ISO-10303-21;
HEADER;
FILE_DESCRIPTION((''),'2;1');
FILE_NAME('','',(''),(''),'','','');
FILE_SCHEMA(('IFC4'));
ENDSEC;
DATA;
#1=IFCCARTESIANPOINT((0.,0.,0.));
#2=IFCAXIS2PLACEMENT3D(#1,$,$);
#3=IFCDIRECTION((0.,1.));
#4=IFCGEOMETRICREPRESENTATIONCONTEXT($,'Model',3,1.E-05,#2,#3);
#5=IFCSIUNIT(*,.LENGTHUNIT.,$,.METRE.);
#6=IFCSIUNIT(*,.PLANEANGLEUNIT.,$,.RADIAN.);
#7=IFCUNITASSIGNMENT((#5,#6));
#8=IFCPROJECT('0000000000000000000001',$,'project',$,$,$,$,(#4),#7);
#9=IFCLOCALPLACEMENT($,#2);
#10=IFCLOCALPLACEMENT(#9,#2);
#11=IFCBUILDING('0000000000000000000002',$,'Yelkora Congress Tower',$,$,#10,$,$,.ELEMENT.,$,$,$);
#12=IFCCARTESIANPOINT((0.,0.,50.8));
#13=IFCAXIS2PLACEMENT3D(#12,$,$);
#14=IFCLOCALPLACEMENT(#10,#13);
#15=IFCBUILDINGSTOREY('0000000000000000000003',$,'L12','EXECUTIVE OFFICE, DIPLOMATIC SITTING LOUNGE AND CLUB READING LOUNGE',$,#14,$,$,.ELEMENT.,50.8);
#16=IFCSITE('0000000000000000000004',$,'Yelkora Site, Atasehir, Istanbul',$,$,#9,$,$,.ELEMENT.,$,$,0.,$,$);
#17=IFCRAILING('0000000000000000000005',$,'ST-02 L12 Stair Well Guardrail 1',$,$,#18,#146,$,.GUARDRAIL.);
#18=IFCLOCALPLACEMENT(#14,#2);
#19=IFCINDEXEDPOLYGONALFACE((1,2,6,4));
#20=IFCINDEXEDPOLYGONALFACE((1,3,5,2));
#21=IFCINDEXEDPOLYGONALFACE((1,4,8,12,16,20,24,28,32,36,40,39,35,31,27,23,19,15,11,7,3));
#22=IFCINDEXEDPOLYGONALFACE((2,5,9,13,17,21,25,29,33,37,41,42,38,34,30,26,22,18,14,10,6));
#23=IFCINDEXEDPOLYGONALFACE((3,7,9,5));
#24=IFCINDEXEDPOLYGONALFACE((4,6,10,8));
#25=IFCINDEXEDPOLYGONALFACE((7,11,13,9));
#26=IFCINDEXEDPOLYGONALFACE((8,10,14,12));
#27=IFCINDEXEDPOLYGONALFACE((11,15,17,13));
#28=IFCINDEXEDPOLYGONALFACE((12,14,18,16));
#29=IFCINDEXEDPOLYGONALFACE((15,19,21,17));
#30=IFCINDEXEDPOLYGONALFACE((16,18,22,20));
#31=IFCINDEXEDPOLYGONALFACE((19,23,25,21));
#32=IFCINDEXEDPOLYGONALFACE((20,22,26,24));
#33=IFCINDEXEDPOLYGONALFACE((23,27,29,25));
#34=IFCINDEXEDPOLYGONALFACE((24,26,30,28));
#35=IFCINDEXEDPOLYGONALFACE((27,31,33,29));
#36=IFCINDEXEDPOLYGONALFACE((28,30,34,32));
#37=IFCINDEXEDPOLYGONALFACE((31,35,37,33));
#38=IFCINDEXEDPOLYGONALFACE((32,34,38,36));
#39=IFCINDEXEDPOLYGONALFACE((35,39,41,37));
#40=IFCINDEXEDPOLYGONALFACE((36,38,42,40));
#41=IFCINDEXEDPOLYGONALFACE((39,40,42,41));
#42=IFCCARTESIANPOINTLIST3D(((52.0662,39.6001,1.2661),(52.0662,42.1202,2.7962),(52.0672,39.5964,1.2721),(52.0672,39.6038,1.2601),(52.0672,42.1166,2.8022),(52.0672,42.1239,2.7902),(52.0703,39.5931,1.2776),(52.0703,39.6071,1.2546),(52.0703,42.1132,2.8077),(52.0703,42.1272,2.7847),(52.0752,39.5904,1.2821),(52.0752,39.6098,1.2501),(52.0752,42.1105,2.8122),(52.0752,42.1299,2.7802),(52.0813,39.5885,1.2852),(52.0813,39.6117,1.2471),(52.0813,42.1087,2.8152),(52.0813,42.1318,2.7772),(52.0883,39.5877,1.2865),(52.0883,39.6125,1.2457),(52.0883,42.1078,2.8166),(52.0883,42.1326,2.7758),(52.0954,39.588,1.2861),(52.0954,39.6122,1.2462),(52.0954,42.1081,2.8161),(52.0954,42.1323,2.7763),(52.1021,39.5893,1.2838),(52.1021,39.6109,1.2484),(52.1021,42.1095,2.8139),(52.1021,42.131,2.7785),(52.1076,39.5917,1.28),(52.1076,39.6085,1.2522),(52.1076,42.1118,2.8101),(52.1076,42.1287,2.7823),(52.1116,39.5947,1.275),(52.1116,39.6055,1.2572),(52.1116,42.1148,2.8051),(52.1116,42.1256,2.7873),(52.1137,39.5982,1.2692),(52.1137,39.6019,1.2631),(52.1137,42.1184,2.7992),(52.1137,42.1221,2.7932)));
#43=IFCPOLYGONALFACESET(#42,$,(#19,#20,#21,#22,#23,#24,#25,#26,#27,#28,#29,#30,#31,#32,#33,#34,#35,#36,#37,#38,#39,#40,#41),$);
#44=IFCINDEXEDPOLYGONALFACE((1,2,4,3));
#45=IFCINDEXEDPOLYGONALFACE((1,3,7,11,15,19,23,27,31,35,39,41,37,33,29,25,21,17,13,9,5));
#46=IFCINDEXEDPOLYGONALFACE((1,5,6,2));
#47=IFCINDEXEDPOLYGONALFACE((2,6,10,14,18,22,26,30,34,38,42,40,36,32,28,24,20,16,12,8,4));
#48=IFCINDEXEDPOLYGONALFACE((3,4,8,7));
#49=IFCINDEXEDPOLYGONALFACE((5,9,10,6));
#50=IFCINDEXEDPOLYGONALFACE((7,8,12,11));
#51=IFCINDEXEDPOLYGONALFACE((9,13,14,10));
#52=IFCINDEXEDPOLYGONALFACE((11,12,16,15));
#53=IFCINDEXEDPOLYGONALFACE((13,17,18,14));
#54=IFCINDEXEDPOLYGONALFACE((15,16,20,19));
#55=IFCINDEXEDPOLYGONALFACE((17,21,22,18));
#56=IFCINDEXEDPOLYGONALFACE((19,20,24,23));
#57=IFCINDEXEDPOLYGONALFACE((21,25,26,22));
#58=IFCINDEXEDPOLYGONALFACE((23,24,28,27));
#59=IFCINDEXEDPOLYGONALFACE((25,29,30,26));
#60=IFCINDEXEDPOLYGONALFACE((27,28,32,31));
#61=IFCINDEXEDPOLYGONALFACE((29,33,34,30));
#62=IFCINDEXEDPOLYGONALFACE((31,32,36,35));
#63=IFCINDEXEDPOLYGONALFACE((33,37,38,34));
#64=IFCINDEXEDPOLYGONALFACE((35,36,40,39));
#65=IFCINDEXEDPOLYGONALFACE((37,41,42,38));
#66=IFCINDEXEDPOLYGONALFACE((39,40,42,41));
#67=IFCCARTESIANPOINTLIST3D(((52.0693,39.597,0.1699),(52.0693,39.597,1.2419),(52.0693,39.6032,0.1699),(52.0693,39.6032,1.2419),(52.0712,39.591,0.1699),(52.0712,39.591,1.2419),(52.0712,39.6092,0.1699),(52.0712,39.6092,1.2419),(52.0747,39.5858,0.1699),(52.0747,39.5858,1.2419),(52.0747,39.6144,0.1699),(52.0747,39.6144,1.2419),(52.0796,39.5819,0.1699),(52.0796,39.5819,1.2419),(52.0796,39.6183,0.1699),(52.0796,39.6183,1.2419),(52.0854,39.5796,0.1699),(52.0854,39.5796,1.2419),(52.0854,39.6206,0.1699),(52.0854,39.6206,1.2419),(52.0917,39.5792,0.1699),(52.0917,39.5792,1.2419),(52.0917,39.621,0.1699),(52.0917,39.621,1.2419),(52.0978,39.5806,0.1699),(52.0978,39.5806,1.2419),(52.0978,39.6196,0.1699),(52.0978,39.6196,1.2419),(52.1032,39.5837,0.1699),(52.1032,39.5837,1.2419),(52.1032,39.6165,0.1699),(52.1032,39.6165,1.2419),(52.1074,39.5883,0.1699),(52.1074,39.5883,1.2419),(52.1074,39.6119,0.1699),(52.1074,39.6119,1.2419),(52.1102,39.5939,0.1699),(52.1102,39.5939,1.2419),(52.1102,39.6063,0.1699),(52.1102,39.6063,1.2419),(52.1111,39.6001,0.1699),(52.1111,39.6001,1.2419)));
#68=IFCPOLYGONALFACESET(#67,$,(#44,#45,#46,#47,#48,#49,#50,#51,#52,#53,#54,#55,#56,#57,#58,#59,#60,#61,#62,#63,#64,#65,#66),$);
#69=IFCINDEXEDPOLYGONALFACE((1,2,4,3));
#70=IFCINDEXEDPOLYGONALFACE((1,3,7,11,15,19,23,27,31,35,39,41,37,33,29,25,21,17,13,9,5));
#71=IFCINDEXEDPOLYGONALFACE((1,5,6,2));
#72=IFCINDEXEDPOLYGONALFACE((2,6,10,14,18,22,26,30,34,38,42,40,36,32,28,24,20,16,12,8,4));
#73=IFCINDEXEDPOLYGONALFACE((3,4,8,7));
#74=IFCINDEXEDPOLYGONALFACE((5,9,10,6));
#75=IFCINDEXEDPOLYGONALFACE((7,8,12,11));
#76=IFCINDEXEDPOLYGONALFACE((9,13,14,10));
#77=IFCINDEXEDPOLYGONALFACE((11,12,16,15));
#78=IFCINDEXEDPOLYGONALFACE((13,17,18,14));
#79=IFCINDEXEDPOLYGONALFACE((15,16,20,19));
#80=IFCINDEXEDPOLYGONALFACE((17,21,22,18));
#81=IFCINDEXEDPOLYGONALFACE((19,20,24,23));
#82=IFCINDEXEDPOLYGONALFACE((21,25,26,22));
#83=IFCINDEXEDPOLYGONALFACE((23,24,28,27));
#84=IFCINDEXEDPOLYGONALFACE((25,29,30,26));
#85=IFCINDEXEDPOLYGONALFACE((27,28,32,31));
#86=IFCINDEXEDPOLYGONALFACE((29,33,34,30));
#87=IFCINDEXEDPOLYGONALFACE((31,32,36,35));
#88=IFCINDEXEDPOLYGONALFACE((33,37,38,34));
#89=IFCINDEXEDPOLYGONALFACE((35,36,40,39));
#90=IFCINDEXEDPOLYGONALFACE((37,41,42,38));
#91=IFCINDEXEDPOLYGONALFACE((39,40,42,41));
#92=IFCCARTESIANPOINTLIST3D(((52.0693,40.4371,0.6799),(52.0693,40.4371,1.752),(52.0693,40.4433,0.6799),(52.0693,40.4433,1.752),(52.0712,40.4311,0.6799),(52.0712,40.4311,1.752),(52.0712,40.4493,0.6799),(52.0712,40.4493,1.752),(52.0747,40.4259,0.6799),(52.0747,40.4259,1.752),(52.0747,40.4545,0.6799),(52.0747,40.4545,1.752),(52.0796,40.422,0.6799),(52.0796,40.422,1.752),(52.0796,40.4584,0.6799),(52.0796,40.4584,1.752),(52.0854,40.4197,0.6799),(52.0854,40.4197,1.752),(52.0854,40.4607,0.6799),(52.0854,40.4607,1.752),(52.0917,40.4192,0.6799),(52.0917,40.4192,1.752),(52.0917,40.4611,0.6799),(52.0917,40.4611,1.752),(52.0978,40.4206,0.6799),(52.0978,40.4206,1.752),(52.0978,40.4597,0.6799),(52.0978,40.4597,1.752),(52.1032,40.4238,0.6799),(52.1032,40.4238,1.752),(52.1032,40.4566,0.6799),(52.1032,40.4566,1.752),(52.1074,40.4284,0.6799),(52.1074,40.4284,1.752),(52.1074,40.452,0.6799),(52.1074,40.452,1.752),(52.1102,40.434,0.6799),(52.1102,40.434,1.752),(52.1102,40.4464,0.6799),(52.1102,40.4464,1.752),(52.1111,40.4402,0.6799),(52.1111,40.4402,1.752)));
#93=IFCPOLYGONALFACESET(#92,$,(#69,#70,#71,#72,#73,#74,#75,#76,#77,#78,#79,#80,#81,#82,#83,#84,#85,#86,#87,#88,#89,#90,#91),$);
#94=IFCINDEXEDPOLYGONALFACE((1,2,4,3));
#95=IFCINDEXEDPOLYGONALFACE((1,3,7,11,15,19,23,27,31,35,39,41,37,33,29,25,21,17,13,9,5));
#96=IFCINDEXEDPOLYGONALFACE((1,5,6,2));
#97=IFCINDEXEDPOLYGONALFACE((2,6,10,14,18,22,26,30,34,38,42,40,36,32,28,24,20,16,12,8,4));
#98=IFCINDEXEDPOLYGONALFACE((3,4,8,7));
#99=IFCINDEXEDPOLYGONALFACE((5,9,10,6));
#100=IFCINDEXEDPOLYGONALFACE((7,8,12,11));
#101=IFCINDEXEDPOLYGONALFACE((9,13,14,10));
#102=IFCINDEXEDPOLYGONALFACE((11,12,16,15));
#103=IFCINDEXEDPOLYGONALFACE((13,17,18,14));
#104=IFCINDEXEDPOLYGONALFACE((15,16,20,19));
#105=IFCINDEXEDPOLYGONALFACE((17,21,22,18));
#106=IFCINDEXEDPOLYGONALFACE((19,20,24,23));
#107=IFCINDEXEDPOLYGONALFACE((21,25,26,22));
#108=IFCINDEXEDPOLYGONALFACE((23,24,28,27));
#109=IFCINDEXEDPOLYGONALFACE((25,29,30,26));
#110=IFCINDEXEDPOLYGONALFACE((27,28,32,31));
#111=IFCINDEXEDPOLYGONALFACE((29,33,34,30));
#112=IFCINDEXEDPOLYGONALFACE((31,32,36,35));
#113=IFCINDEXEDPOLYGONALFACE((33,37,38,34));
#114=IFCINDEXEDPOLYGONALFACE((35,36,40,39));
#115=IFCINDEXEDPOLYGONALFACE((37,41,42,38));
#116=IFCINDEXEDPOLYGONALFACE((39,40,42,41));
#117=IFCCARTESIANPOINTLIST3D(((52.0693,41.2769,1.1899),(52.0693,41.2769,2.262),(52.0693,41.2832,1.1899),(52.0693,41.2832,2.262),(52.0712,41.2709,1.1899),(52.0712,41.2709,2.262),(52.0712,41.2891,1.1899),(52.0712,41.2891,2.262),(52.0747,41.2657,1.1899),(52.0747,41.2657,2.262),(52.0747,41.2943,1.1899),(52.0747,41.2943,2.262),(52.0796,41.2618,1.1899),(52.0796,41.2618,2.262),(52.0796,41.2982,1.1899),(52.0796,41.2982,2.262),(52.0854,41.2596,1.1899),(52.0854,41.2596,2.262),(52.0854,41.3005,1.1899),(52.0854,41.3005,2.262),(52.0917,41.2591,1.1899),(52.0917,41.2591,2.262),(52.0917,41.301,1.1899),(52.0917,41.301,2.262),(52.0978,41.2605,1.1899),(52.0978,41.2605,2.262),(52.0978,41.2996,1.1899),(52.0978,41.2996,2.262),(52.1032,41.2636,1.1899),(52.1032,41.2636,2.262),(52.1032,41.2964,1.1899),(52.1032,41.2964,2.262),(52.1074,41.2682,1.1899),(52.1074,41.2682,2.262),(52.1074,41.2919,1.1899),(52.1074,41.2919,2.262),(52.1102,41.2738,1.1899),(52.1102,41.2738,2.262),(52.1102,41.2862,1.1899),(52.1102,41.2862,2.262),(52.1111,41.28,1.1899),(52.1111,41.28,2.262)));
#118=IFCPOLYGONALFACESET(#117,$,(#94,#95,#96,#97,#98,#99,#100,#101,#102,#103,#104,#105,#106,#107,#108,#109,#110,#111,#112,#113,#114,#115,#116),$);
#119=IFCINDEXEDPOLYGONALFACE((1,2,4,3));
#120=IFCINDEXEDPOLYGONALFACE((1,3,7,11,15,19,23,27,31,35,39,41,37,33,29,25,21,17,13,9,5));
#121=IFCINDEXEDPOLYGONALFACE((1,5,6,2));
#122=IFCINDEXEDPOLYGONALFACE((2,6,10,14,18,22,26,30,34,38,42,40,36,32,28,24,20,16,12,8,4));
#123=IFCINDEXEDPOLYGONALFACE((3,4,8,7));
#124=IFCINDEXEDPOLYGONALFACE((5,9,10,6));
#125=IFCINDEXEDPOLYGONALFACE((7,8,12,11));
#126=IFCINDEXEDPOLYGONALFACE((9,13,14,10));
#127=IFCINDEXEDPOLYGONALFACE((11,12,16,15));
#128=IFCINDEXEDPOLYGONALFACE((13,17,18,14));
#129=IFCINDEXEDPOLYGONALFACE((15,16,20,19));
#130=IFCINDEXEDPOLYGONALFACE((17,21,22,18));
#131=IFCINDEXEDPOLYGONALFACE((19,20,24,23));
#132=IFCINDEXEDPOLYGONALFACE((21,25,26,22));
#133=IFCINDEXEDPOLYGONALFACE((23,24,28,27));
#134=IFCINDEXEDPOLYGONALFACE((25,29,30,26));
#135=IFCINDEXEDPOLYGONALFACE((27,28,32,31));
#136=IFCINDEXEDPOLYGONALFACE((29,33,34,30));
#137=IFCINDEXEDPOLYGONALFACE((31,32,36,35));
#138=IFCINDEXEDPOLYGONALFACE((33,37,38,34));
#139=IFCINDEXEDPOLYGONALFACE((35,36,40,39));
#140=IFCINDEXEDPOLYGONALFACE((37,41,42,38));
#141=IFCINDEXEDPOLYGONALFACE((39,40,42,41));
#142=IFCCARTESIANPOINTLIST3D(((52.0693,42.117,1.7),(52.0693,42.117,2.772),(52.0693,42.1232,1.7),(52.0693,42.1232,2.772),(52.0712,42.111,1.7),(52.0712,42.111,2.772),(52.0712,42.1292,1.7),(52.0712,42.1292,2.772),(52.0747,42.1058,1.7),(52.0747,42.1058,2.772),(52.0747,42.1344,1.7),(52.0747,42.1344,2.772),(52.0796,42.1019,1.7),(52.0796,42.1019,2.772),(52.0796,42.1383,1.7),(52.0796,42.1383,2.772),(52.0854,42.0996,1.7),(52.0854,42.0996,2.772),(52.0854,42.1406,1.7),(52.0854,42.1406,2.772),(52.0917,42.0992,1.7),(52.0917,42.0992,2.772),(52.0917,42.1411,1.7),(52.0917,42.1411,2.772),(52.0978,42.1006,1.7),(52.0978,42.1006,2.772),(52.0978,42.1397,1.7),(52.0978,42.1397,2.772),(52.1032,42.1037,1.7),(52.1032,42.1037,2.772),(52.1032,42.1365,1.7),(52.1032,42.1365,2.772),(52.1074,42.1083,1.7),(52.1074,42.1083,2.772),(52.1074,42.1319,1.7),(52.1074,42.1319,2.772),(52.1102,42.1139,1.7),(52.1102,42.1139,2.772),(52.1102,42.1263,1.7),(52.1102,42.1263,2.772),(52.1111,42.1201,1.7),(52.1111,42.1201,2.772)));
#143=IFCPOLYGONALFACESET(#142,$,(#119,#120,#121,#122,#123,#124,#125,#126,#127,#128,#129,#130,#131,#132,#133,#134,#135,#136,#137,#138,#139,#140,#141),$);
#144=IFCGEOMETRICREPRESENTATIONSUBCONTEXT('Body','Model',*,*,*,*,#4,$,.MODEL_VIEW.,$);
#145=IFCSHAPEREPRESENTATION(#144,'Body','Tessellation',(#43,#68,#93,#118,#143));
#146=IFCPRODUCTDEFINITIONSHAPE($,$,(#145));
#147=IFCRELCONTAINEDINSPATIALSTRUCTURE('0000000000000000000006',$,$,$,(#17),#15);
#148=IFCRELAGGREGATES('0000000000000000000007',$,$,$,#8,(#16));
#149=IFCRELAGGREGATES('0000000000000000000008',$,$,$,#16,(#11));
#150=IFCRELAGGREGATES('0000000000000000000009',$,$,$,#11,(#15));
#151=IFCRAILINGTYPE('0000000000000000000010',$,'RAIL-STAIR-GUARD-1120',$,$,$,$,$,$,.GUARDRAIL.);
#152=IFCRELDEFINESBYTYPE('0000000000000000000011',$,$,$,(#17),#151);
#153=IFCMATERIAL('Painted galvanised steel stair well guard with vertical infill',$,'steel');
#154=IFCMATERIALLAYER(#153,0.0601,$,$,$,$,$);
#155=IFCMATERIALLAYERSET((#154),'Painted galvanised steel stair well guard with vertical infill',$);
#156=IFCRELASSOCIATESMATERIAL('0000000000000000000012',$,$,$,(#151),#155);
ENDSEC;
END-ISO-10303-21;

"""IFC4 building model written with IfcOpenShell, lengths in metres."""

from ifc_helpers import new_model, si_unit, direction, frame, origin, origin_2d, place, context, subcontext, project, spatial, circle, extrude, material, layer, layer_set, type_object, element, save


model = new_model("IFC4")

# Units and contexts
model_context = context("Model", 3, precision=1e-05, world=origin(), true_north=direction((0.0, 1.0)))
body_context = subcontext(model_context, "Body", "Model", "MODEL_VIEW")
ifc_project = project(units=[si_unit("LENGTHUNIT", "METRE"), si_unit("PLANEANGLEUNIT", "RADIAN")], contexts=[model_context])

# Site, building, storey
site_placement = place(None, origin())
site = spatial("IfcSite", under=ifc_project, at=site_placement, Name="Yelkora Site, Atasehir, Istanbul", CompositionType="ELEMENT", RefElevation=0.0)
building_placement = place(site_placement, origin())
building = spatial("IfcBuilding", under=site, at=building_placement, Name="Yelkora Congress Tower", CompositionType="ELEMENT")
storey_placement = place(building_placement, frame((0.0, 0.0, 50.8)))
storey = spatial("IfcBuildingStorey", under=building, at=storey_placement, Name="L12", Description="EXECUTIVE OFFICE, DIPLOMATIC SITTING LOUNGE AND CLUB READING LOUNGE", CompositionType="ELEMENT", Elevation=50.8)

# Railing
ifc_material_1 = material(Name="Painted galvanised steel stair well guard with vertical infill", Category="steel")
ifc_layer_1 = layer(ifc_material_1, 0.0601)
ifc_layer_set_1 = layer_set([ifc_layer_1], Name="Painted galvanised steel stair well guard with vertical infill")
railing_type_1 = type_object("IfcRailingType", Name="RAIL-STAIR-GUARD-1120", PredefinedType="GUARDRAIL", material=ifc_layer_set_1)
railing_1_placement = place(storey_placement, frame((52.0901, 39.6001, 0.1699)))
element("IfcRailing", 1, at=railing_1_placement, inside=storey, type_object=railing_type_1, Name="ST-02 L12 Stair Well Guardrail 1", PredefinedType="GUARDRAIL", context=body_context, shape_type="SweptSolid", body=[
    extrude(circle(Radius=0.0239, at=origin_2d()), frame((0.0, 0.0, 1.0962), z_axis=(0.0, 0.854785, 0.518982), x_axis=(-1.0, 0.0, 0.0)), (0.0, 0.0, 1.0), 2.9482),
    extrude(circle(Radius=0.021, at=origin_2d()), origin(), (0.0, 0.0, 1.0), 1.072),
    extrude(circle(Radius=0.021, at=origin_2d()), frame((0.0, 0.8401, 0.51)), (0.0, 0.0, 1.0), 1.072),
    extrude(circle(Radius=0.021, at=origin_2d()), frame((0.0, 1.6799, 1.02)), (0.0, 0.0, 1.0), 1.072),
    extrude(circle(Radius=0.021, at=origin_2d()), frame((0.0, 2.52, 1.53)), (0.0, 0.0, 1.0), 1.072),
])

save(model, "model.ifc")
